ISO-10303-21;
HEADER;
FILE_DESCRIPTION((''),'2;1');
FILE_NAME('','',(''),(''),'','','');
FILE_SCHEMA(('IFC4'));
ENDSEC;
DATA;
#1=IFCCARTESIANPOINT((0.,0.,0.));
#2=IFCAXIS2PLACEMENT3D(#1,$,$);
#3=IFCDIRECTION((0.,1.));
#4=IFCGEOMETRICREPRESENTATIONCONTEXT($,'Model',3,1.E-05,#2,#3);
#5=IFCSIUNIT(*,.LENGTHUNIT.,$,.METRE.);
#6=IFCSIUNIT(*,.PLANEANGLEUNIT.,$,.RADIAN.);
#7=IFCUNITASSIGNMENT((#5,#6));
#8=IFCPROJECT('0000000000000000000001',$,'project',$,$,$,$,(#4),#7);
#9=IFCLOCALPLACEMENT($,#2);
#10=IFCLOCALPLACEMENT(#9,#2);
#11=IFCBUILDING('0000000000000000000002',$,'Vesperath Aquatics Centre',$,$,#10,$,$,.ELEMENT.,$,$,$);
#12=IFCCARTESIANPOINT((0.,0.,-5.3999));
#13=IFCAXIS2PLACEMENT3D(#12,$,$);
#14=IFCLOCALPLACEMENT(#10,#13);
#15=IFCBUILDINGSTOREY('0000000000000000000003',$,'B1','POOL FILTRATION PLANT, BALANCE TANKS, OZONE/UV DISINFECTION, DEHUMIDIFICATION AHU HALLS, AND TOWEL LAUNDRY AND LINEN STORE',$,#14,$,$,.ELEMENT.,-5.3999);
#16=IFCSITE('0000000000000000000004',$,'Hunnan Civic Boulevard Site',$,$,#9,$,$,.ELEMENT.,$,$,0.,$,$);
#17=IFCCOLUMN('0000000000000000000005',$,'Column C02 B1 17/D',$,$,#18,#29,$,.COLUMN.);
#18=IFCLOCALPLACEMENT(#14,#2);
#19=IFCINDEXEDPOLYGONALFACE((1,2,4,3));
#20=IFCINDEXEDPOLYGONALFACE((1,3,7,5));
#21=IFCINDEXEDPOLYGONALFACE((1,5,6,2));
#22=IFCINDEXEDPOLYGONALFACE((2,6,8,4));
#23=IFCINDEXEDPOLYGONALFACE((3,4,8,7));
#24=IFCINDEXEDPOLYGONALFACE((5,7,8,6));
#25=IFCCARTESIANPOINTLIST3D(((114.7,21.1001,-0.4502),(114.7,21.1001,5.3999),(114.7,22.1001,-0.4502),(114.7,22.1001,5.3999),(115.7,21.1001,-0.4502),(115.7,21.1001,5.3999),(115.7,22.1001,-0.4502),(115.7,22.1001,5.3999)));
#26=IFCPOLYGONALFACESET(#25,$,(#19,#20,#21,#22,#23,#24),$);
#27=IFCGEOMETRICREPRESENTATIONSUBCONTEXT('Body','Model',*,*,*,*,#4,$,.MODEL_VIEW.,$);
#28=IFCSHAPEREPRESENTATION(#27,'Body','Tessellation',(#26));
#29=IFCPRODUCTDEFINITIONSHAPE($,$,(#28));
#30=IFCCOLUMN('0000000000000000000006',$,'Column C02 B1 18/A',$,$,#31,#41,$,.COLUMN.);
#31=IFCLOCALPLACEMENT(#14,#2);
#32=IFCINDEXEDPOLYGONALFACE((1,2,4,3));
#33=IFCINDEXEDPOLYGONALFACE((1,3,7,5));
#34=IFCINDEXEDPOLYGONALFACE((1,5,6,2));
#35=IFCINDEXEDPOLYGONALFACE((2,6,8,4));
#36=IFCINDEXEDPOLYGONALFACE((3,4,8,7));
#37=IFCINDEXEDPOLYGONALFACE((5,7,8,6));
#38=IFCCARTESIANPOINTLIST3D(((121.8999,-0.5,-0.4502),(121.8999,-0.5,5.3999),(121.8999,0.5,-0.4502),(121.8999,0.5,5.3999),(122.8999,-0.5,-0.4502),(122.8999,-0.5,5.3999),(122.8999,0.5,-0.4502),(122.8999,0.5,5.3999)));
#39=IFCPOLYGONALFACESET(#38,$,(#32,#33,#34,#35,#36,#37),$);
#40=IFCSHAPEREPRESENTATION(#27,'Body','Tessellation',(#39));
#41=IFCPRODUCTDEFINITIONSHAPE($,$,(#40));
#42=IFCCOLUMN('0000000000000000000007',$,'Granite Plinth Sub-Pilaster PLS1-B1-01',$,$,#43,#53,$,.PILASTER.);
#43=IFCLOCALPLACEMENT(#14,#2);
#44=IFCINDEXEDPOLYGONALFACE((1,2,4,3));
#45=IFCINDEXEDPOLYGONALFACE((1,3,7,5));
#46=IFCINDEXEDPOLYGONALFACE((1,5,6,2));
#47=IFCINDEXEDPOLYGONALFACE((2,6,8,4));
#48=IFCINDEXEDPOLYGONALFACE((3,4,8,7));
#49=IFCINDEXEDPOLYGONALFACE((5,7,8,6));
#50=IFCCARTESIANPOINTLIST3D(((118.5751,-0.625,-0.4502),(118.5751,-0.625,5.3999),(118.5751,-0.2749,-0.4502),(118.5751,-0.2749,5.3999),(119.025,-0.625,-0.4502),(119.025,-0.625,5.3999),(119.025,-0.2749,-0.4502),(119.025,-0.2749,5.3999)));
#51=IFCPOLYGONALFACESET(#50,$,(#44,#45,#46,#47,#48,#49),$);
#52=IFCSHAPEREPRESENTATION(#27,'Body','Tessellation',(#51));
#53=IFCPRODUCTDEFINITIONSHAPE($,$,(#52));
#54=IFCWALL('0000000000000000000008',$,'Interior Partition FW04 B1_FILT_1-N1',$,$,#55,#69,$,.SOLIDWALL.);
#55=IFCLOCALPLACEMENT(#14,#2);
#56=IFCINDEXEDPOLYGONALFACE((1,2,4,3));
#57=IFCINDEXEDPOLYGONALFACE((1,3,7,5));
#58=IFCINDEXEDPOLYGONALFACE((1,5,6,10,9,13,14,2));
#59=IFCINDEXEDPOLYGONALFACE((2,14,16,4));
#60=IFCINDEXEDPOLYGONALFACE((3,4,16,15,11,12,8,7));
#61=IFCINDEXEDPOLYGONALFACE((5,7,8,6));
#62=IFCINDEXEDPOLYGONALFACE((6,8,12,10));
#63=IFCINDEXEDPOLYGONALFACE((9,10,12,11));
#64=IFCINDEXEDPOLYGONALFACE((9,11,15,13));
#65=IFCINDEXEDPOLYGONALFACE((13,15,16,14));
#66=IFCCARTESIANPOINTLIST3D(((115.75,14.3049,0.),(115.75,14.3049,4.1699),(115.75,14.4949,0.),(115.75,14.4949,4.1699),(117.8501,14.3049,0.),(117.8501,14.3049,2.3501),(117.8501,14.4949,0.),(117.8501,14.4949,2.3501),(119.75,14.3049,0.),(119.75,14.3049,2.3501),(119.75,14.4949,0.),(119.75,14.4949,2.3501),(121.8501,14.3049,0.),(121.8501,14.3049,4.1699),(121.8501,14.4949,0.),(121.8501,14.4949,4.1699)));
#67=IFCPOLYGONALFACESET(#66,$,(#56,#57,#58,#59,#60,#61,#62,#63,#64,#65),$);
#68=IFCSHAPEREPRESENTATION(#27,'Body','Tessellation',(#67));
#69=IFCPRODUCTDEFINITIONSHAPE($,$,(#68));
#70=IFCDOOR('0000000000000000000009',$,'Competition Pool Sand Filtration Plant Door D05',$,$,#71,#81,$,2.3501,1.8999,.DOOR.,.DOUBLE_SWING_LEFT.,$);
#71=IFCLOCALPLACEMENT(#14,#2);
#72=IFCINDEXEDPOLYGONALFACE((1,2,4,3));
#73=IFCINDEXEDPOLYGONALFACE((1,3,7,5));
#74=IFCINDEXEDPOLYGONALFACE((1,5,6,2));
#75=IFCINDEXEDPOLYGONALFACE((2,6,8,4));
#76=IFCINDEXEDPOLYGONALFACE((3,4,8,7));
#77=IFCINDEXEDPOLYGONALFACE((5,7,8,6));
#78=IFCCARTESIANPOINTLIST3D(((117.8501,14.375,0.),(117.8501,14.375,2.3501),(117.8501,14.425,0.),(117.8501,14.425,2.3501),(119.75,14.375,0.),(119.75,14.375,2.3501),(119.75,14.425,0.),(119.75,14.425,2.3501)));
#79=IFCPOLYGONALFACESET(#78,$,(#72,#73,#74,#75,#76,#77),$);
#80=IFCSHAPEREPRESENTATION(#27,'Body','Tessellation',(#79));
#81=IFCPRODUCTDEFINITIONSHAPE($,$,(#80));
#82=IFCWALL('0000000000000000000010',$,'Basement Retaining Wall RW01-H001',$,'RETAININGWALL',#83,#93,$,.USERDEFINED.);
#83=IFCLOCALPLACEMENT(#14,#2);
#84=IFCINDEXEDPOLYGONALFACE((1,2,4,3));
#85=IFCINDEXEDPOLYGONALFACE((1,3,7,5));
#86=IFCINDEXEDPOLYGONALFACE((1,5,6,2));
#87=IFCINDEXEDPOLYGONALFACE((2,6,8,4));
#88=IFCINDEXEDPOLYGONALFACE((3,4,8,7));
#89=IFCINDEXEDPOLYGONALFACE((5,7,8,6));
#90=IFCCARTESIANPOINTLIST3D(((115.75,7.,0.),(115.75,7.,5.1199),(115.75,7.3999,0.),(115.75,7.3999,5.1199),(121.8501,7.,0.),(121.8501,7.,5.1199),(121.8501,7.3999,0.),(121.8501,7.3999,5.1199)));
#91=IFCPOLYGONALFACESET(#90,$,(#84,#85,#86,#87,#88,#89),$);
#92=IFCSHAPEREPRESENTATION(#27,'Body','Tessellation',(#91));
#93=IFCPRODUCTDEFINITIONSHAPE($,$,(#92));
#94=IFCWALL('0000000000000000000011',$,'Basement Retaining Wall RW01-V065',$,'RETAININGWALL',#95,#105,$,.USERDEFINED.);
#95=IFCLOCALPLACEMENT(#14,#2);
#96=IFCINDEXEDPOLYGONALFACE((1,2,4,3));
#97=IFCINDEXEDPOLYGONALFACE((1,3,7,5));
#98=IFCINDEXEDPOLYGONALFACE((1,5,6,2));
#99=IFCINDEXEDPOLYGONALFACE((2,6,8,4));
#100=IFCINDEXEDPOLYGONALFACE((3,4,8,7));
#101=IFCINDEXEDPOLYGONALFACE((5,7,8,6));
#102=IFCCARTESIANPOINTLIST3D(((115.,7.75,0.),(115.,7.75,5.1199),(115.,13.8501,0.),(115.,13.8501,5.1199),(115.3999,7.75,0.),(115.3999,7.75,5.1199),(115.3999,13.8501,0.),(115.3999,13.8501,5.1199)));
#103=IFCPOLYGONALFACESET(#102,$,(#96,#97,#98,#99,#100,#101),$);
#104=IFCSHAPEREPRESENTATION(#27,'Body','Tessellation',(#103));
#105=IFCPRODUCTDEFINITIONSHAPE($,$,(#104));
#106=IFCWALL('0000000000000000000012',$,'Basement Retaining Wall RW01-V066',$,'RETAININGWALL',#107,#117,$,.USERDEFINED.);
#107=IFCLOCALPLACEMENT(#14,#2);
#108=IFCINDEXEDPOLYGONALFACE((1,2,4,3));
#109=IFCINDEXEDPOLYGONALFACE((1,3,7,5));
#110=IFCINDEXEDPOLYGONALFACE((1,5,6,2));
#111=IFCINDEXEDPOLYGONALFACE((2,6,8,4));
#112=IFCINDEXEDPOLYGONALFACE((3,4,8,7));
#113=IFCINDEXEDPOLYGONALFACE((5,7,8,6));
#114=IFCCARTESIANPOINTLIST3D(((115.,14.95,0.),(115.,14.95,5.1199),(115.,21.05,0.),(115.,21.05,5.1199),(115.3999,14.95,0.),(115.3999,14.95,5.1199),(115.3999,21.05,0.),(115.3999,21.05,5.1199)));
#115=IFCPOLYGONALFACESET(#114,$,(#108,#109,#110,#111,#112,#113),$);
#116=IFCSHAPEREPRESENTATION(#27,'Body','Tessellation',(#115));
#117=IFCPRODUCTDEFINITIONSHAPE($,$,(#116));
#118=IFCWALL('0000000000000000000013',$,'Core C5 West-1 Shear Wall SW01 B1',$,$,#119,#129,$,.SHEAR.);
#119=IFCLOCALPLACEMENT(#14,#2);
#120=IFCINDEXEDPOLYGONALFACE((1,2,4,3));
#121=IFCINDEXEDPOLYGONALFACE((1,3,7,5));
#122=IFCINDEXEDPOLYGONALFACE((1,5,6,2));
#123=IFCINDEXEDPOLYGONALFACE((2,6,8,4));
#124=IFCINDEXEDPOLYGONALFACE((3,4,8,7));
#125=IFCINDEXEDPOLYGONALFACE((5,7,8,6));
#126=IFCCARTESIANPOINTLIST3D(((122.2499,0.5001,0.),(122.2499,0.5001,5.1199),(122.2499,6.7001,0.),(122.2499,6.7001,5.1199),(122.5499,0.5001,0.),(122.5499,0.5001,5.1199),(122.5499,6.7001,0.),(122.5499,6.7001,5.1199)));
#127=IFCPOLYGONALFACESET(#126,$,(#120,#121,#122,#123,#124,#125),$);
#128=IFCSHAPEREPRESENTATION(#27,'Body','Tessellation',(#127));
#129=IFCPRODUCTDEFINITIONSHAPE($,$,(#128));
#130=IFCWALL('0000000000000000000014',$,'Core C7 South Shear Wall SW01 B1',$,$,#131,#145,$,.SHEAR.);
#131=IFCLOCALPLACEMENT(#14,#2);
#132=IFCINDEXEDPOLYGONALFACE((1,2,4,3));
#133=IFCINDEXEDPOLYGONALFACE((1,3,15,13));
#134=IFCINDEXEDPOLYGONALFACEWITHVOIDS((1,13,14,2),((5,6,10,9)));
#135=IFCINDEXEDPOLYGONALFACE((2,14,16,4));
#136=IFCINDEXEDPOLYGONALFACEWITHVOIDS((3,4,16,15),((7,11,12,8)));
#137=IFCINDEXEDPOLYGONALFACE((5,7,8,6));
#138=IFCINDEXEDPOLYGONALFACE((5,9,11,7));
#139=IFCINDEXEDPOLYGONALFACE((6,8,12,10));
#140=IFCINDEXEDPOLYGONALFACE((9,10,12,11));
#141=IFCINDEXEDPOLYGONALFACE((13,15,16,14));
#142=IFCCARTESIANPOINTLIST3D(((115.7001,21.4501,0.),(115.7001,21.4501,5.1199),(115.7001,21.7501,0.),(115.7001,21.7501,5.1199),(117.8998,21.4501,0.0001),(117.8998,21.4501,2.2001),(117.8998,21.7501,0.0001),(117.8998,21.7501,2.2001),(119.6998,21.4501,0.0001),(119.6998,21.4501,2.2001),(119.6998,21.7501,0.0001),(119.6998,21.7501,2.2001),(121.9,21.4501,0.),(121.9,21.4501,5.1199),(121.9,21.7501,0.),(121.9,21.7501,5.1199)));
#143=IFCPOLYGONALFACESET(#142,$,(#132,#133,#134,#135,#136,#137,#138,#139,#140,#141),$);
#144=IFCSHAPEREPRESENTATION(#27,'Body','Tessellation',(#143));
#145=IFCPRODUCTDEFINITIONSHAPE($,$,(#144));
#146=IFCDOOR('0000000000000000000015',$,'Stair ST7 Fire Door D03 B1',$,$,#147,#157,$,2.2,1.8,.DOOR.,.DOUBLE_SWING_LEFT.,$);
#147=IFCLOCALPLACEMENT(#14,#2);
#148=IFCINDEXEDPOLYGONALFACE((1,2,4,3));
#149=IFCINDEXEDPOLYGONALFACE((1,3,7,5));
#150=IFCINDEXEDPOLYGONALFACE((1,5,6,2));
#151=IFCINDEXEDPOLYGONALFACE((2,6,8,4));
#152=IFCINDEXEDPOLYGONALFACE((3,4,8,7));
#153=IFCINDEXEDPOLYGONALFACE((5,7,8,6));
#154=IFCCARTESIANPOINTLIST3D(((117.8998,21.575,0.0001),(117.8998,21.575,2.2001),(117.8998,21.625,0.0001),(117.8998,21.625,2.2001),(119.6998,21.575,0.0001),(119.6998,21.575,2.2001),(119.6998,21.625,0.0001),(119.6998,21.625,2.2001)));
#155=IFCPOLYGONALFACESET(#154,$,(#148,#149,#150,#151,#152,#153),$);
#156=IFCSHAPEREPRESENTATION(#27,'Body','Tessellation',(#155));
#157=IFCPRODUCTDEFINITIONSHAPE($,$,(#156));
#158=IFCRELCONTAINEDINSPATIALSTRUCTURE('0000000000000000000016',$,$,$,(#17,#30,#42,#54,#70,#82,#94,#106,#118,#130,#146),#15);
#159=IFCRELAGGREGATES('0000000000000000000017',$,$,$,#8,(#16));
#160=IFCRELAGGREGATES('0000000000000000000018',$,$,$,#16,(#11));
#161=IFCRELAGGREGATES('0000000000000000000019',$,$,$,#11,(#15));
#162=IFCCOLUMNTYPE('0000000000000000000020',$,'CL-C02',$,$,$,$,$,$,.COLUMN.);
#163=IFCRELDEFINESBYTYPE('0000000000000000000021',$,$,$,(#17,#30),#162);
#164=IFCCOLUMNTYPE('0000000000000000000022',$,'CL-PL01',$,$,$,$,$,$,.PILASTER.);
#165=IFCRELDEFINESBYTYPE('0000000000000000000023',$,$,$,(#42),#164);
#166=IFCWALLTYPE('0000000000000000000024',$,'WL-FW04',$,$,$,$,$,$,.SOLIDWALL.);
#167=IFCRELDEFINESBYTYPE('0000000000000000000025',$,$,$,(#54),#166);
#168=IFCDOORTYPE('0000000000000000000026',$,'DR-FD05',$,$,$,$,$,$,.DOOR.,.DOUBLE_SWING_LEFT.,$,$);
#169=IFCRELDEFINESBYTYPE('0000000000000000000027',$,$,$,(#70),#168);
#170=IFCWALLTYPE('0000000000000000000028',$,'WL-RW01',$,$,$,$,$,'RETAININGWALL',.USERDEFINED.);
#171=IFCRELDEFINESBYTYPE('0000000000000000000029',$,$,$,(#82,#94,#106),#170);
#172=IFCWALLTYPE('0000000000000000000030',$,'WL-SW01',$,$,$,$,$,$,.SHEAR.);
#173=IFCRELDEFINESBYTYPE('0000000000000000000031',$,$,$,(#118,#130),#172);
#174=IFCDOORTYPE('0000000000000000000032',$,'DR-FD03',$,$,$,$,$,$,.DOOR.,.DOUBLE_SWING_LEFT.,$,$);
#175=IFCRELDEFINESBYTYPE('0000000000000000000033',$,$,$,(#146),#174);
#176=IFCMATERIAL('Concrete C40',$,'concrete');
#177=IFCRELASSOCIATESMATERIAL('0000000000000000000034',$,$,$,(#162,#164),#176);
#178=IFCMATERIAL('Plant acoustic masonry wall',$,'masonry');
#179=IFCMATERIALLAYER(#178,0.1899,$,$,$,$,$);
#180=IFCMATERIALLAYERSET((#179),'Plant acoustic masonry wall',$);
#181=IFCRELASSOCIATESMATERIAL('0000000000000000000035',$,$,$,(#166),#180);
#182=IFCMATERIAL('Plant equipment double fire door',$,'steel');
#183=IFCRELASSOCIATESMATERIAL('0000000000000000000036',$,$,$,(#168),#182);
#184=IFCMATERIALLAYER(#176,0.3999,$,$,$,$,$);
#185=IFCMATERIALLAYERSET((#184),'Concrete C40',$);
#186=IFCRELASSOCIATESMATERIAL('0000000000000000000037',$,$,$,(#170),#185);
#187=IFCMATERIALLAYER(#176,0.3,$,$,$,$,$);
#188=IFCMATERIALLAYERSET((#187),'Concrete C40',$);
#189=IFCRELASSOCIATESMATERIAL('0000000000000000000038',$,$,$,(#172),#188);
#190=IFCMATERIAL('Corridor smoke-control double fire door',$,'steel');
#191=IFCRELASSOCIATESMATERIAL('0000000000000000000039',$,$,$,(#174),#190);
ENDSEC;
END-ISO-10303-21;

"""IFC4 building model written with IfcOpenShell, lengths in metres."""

from ifc_helpers import new_model, si_unit, direction, frame, frame_2d, origin, origin_2d, place, context, subcontext, project, spatial, rectangle, extrude, material, layer, layer_set, material_profile, profile_set, type_object, element, fill, save


model = new_model("IFC4")

# Units and contexts
model_context = context("Model", 3, precision=1e-05, world=origin(), true_north=direction((0.0, 1.0)))
body_context = subcontext(model_context, "Body", "Model", "MODEL_VIEW")
ifc_project = project(units=[si_unit("LENGTHUNIT", "METRE"), si_unit("PLANEANGLEUNIT", "RADIAN")], contexts=[model_context])

# Site, building, storey
site_placement = place(None, origin())
site = spatial("IfcSite", under=ifc_project, at=site_placement, Name="Hunnan Civic Boulevard Site", CompositionType="ELEMENT", RefElevation=0.0)
building_placement = place(site_placement, origin())
building = spatial("IfcBuilding", under=site, at=building_placement, Name="Vesperath Aquatics Centre", CompositionType="ELEMENT")
storey_placement = place(building_placement, frame((0.0, 0.0, -5.3999)))
storey = spatial("IfcBuildingStorey", under=building, at=storey_placement, Name="B1", Description="POOL FILTRATION PLANT, BALANCE TANKS, OZONE/UV DISINFECTION, DEHUMIDIFICATION AHU HALLS, AND TOWEL LAUNDRY AND LINEN STORE", CompositionType="ELEMENT", Elevation=-5.3999)

# Shared definitions
ifc_material_1 = material(Name="Concrete C40", Category="concrete")

# Columns
ifc_material_profile_1 = material_profile(ifc_material_1, rectangle(XDim=1.0, YDim=1.0, at=origin_2d()), Name="RC 1000x1000")
ifc_profile_set_1 = profile_set([ifc_material_profile_1], Name="Concrete C40")
column_type_1 = type_object("IfcColumnType", Name="CL-C02", PredefinedType="COLUMN", material=ifc_profile_set_1)
for number, where, z_axis, x_axis, name in (
    (1, (115.2, 21.6001, -0.4502), (0.0, 0.0, 1.0), (1.0, 0.0, 0.0), "Column C02 B1 17/D"),
    (2, (122.3999, 0.0, -0.4502), (0.0, 0.0, 1.0), (1.0, 0.0, 0.0), "Column C02 B1 18/A"),
):
    element("IfcColumn", number, at=place(storey_placement, frame(where, z_axis=z_axis, x_axis=x_axis)), inside=storey, type_object=column_type_1, Name=name, PredefinedType="COLUMN", context=body_context, shape_type="SweptSolid", body=[
        extrude(rectangle(XDim=1.0, YDim=1.0, at=origin_2d()), origin(), (0.0, 0.0, 1.0), 5.8501),
    ])
ifc_material_profile_2 = material_profile(ifc_material_1, rectangle(XDim=0.45, YDim=0.3501, at=origin_2d()), Name="CL-PL01")
ifc_profile_set_2 = profile_set([ifc_material_profile_2], Name="Concrete C40")
column_type_2 = type_object("IfcColumnType", Name="CL-PL01", PredefinedType="PILASTER", material=ifc_profile_set_2)
column_placement = place(storey_placement, frame((118.8, -0.45, -0.4502), z_axis=(0.0, 0.0, 1.0), x_axis=(1.0, 0.0, 0.0)))
element("IfcColumn", 3, at=column_placement, inside=storey, type_object=column_type_2, Name="Granite Plinth Sub-Pilaster PLS1-B1-01", PredefinedType="PILASTER", context=body_context, shape_type="SweptSolid", body=[
    extrude(rectangle(XDim=0.45, YDim=0.3501, at=origin_2d()), origin(), (0.0, 0.0, 1.0), 5.8501),
])

# Wall, opening, door
ifc_material_2 = material(Name="Plant acoustic masonry wall", Category="masonry")
ifc_layer_1 = layer(ifc_material_2, 0.1899)
ifc_layer_set_1 = layer_set([ifc_layer_1], Name="Plant acoustic masonry wall")
wall_type_1 = type_object("IfcWallType", Name="WL-FW04", PredefinedType="SOLIDWALL", material=ifc_layer_set_1)
wall_1_placement = place(storey_placement, frame((115.75, 14.3999, 0.0), z_axis=(0.0, 0.0, 1.0), x_axis=(1.0, 0.0, 0.0)))
wall_1 = element("IfcWall", 4, at=wall_1_placement, inside=storey, type_object=wall_type_1, Name="Interior Partition FW04 B1_FILT_1-N1", PredefinedType="SOLIDWALL", context=body_context, shape_type="SweptSolid", body=[
    extrude(rectangle(XDim=6.1001, YDim=0.1899, at=frame_2d((3.05, 0.0))), origin(), (0.0, 0.0, 1.0), 4.1699),
])
opening_1_placement = place(wall_1_placement, frame((2.1001, 0.0, 0.0)))
opening_1 = element("IfcOpeningElement", 5, at=opening_1_placement, cuts=wall_1, PredefinedType="OPENING", context=body_context, shape_type="SweptSolid", body=[
    extrude(rectangle(XDim=1.8999, YDim=2.3501, at=frame_2d((0.95, 1.175))), frame((0.0, 0.1099, 0.0), z_axis=(0.0, -1.0, 0.0), x_axis=(1.0, 0.0, 0.0)), (0.0, 0.0, 1.0), 0.2197),
])
ifc_material_3 = material(Name="Plant equipment double fire door", Category="steel")
door_type_1 = type_object("IfcDoorType", Name="DR-FD05", OperationType="DOUBLE_SWING_LEFT", PredefinedType="DOOR", material=ifc_material_3)
door_1_placement = place(opening_1_placement, frame((1.8999, 0.0, 0.0), z_axis=(0.0, 0.0, 1.0), x_axis=(-1.0, 0.0, 0.0)))
door_1 = element("IfcDoor", 6, at=door_1_placement, inside=storey, type_object=door_type_1, Name="Competition Pool Sand Filtration Plant Door D05", OperationType="DOUBLE_SWING_LEFT", OverallHeight=2.3501, OverallWidth=1.8999, PredefinedType="DOOR", context=body_context, shape_type="SweptSolid", body=[
    extrude(rectangle(XDim=1.8999, YDim=2.3501, at=frame_2d((0.95, 1.175))), frame((0.0, 0.0249, 0.0), z_axis=(0.0, -1.0, 0.0), x_axis=(1.0, 0.0, 0.0)), (0.0, 0.0, 1.0), 0.05),
])
fill(opening_1, door_1)

# Walls
ifc_layer_2 = layer(ifc_material_1, 0.3999)
ifc_layer_set_2 = layer_set([ifc_layer_2], Name="Concrete C40")
wall_type_2 = type_object("IfcWallType", Name="WL-RW01", ElementType="RETAININGWALL", PredefinedType="USERDEFINED", material=ifc_layer_set_2)
for number, where, z_axis, x_axis, name in (
    (7, (115.75, 7.2, 0.0), (0.0, 0.0, 1.0), (1.0, 0.0, 0.0), "Basement Retaining Wall RW01-H001"),
    (8, (115.2, 7.75, 0.0), (0.0, 0.0, 1.0), (0.0, 1.0, 0.0), "Basement Retaining Wall RW01-V065"),
    (9, (115.2, 14.95, 0.0), (0.0, 0.0, 1.0), (0.0, 1.0, 0.0), "Basement Retaining Wall RW01-V066"),
):
    element("IfcWall", number, at=place(storey_placement, frame(where, z_axis=z_axis, x_axis=x_axis)), inside=storey, type_object=wall_type_2, Name=name, ObjectType="RETAININGWALL", PredefinedType="USERDEFINED", context=body_context, shape_type="SweptSolid", body=[
        extrude(rectangle(XDim=6.1001, YDim=0.3999, at=frame_2d((3.05, 0.0))), origin(), (0.0, 0.0, 1.0), 5.1199),
    ])
ifc_layer_3 = layer(ifc_material_1, 0.3)
ifc_layer_set_3 = layer_set([ifc_layer_3], Name="Concrete C40")
wall_type_3 = type_object("IfcWallType", Name="WL-SW01", PredefinedType="SHEAR", material=ifc_layer_set_3)
wall_2_placement = place(storey_placement, frame((122.3999, 0.5, 0.0), z_axis=(0.0, 0.0, 1.0), x_axis=(0.0, 1.0, 0.0)))
element("IfcWall", 10, at=wall_2_placement, inside=storey, type_object=wall_type_3, Name="Core C5 West-1 Shear Wall SW01 B1", PredefinedType="SHEAR", context=body_context, shape_type="SweptSolid", body=[
    extrude(rectangle(XDim=6.2, YDim=0.3, at=frame_2d((3.1001, 0.0))), origin(), (0.0, 0.0, 1.0), 5.1199),
])

# Wall, opening, door
wall_3_placement = place(storey_placement, frame((115.7, 21.6001, 0.0), z_axis=(0.0, 0.0, 1.0), x_axis=(1.0, 0.0, 0.0)))
wall_3 = element("IfcWall", 11, at=wall_3_placement, inside=storey, type_object=wall_type_3, Name="Core C7 South Shear Wall SW01 B1", PredefinedType="SHEAR", context=body_context, shape_type="SweptSolid", body=[
    extrude(rectangle(XDim=6.2, YDim=0.3, at=frame_2d((3.1001, 0.0))), origin(), (0.0, 0.0, 1.0), 5.1199),
])
opening_2_placement = place(wall_3_placement, frame((2.2, 0.0, 0.0)))
opening_2 = element("IfcOpeningElement", 12, at=opening_2_placement, cuts=wall_3, PredefinedType="OPENING", context=body_context, shape_type="SweptSolid", body=[
    extrude(rectangle(XDim=1.8, YDim=2.2, at=frame_2d((0.8999, 1.1001))), frame((0.0, 0.165, 0.0), z_axis=(0.0, -1.0, 0.0), x_axis=(1.0, 0.0, 0.0)), (0.0, 0.0, 1.0), 0.3298),
])
ifc_material_4 = material(Name="Corridor smoke-control double fire door", Category="steel")
door_type_2 = type_object("IfcDoorType", Name="DR-FD03", OperationType="DOUBLE_SWING_LEFT", PredefinedType="DOOR", material=ifc_material_4)
door_2_placement = place(opening_2_placement, origin())
door_2 = element("IfcDoor", 13, at=door_2_placement, inside=storey, type_object=door_type_2, Name="Stair ST7 Fire Door D03 B1", OperationType="DOUBLE_SWING_LEFT", OverallHeight=2.2, OverallWidth=1.8, PredefinedType="DOOR", context=body_context, shape_type="SweptSolid", body=[
    extrude(rectangle(XDim=1.8, YDim=2.2, at=frame_2d((0.8999, 1.1001))), frame((0.0, 0.0249, 0.0), z_axis=(0.0, -1.0, 0.0), x_axis=(1.0, 0.0, 0.0)), (0.0, 0.0, 1.0), 0.05),
])
fill(opening_2, door_2)

save(model, "model.ifc")
